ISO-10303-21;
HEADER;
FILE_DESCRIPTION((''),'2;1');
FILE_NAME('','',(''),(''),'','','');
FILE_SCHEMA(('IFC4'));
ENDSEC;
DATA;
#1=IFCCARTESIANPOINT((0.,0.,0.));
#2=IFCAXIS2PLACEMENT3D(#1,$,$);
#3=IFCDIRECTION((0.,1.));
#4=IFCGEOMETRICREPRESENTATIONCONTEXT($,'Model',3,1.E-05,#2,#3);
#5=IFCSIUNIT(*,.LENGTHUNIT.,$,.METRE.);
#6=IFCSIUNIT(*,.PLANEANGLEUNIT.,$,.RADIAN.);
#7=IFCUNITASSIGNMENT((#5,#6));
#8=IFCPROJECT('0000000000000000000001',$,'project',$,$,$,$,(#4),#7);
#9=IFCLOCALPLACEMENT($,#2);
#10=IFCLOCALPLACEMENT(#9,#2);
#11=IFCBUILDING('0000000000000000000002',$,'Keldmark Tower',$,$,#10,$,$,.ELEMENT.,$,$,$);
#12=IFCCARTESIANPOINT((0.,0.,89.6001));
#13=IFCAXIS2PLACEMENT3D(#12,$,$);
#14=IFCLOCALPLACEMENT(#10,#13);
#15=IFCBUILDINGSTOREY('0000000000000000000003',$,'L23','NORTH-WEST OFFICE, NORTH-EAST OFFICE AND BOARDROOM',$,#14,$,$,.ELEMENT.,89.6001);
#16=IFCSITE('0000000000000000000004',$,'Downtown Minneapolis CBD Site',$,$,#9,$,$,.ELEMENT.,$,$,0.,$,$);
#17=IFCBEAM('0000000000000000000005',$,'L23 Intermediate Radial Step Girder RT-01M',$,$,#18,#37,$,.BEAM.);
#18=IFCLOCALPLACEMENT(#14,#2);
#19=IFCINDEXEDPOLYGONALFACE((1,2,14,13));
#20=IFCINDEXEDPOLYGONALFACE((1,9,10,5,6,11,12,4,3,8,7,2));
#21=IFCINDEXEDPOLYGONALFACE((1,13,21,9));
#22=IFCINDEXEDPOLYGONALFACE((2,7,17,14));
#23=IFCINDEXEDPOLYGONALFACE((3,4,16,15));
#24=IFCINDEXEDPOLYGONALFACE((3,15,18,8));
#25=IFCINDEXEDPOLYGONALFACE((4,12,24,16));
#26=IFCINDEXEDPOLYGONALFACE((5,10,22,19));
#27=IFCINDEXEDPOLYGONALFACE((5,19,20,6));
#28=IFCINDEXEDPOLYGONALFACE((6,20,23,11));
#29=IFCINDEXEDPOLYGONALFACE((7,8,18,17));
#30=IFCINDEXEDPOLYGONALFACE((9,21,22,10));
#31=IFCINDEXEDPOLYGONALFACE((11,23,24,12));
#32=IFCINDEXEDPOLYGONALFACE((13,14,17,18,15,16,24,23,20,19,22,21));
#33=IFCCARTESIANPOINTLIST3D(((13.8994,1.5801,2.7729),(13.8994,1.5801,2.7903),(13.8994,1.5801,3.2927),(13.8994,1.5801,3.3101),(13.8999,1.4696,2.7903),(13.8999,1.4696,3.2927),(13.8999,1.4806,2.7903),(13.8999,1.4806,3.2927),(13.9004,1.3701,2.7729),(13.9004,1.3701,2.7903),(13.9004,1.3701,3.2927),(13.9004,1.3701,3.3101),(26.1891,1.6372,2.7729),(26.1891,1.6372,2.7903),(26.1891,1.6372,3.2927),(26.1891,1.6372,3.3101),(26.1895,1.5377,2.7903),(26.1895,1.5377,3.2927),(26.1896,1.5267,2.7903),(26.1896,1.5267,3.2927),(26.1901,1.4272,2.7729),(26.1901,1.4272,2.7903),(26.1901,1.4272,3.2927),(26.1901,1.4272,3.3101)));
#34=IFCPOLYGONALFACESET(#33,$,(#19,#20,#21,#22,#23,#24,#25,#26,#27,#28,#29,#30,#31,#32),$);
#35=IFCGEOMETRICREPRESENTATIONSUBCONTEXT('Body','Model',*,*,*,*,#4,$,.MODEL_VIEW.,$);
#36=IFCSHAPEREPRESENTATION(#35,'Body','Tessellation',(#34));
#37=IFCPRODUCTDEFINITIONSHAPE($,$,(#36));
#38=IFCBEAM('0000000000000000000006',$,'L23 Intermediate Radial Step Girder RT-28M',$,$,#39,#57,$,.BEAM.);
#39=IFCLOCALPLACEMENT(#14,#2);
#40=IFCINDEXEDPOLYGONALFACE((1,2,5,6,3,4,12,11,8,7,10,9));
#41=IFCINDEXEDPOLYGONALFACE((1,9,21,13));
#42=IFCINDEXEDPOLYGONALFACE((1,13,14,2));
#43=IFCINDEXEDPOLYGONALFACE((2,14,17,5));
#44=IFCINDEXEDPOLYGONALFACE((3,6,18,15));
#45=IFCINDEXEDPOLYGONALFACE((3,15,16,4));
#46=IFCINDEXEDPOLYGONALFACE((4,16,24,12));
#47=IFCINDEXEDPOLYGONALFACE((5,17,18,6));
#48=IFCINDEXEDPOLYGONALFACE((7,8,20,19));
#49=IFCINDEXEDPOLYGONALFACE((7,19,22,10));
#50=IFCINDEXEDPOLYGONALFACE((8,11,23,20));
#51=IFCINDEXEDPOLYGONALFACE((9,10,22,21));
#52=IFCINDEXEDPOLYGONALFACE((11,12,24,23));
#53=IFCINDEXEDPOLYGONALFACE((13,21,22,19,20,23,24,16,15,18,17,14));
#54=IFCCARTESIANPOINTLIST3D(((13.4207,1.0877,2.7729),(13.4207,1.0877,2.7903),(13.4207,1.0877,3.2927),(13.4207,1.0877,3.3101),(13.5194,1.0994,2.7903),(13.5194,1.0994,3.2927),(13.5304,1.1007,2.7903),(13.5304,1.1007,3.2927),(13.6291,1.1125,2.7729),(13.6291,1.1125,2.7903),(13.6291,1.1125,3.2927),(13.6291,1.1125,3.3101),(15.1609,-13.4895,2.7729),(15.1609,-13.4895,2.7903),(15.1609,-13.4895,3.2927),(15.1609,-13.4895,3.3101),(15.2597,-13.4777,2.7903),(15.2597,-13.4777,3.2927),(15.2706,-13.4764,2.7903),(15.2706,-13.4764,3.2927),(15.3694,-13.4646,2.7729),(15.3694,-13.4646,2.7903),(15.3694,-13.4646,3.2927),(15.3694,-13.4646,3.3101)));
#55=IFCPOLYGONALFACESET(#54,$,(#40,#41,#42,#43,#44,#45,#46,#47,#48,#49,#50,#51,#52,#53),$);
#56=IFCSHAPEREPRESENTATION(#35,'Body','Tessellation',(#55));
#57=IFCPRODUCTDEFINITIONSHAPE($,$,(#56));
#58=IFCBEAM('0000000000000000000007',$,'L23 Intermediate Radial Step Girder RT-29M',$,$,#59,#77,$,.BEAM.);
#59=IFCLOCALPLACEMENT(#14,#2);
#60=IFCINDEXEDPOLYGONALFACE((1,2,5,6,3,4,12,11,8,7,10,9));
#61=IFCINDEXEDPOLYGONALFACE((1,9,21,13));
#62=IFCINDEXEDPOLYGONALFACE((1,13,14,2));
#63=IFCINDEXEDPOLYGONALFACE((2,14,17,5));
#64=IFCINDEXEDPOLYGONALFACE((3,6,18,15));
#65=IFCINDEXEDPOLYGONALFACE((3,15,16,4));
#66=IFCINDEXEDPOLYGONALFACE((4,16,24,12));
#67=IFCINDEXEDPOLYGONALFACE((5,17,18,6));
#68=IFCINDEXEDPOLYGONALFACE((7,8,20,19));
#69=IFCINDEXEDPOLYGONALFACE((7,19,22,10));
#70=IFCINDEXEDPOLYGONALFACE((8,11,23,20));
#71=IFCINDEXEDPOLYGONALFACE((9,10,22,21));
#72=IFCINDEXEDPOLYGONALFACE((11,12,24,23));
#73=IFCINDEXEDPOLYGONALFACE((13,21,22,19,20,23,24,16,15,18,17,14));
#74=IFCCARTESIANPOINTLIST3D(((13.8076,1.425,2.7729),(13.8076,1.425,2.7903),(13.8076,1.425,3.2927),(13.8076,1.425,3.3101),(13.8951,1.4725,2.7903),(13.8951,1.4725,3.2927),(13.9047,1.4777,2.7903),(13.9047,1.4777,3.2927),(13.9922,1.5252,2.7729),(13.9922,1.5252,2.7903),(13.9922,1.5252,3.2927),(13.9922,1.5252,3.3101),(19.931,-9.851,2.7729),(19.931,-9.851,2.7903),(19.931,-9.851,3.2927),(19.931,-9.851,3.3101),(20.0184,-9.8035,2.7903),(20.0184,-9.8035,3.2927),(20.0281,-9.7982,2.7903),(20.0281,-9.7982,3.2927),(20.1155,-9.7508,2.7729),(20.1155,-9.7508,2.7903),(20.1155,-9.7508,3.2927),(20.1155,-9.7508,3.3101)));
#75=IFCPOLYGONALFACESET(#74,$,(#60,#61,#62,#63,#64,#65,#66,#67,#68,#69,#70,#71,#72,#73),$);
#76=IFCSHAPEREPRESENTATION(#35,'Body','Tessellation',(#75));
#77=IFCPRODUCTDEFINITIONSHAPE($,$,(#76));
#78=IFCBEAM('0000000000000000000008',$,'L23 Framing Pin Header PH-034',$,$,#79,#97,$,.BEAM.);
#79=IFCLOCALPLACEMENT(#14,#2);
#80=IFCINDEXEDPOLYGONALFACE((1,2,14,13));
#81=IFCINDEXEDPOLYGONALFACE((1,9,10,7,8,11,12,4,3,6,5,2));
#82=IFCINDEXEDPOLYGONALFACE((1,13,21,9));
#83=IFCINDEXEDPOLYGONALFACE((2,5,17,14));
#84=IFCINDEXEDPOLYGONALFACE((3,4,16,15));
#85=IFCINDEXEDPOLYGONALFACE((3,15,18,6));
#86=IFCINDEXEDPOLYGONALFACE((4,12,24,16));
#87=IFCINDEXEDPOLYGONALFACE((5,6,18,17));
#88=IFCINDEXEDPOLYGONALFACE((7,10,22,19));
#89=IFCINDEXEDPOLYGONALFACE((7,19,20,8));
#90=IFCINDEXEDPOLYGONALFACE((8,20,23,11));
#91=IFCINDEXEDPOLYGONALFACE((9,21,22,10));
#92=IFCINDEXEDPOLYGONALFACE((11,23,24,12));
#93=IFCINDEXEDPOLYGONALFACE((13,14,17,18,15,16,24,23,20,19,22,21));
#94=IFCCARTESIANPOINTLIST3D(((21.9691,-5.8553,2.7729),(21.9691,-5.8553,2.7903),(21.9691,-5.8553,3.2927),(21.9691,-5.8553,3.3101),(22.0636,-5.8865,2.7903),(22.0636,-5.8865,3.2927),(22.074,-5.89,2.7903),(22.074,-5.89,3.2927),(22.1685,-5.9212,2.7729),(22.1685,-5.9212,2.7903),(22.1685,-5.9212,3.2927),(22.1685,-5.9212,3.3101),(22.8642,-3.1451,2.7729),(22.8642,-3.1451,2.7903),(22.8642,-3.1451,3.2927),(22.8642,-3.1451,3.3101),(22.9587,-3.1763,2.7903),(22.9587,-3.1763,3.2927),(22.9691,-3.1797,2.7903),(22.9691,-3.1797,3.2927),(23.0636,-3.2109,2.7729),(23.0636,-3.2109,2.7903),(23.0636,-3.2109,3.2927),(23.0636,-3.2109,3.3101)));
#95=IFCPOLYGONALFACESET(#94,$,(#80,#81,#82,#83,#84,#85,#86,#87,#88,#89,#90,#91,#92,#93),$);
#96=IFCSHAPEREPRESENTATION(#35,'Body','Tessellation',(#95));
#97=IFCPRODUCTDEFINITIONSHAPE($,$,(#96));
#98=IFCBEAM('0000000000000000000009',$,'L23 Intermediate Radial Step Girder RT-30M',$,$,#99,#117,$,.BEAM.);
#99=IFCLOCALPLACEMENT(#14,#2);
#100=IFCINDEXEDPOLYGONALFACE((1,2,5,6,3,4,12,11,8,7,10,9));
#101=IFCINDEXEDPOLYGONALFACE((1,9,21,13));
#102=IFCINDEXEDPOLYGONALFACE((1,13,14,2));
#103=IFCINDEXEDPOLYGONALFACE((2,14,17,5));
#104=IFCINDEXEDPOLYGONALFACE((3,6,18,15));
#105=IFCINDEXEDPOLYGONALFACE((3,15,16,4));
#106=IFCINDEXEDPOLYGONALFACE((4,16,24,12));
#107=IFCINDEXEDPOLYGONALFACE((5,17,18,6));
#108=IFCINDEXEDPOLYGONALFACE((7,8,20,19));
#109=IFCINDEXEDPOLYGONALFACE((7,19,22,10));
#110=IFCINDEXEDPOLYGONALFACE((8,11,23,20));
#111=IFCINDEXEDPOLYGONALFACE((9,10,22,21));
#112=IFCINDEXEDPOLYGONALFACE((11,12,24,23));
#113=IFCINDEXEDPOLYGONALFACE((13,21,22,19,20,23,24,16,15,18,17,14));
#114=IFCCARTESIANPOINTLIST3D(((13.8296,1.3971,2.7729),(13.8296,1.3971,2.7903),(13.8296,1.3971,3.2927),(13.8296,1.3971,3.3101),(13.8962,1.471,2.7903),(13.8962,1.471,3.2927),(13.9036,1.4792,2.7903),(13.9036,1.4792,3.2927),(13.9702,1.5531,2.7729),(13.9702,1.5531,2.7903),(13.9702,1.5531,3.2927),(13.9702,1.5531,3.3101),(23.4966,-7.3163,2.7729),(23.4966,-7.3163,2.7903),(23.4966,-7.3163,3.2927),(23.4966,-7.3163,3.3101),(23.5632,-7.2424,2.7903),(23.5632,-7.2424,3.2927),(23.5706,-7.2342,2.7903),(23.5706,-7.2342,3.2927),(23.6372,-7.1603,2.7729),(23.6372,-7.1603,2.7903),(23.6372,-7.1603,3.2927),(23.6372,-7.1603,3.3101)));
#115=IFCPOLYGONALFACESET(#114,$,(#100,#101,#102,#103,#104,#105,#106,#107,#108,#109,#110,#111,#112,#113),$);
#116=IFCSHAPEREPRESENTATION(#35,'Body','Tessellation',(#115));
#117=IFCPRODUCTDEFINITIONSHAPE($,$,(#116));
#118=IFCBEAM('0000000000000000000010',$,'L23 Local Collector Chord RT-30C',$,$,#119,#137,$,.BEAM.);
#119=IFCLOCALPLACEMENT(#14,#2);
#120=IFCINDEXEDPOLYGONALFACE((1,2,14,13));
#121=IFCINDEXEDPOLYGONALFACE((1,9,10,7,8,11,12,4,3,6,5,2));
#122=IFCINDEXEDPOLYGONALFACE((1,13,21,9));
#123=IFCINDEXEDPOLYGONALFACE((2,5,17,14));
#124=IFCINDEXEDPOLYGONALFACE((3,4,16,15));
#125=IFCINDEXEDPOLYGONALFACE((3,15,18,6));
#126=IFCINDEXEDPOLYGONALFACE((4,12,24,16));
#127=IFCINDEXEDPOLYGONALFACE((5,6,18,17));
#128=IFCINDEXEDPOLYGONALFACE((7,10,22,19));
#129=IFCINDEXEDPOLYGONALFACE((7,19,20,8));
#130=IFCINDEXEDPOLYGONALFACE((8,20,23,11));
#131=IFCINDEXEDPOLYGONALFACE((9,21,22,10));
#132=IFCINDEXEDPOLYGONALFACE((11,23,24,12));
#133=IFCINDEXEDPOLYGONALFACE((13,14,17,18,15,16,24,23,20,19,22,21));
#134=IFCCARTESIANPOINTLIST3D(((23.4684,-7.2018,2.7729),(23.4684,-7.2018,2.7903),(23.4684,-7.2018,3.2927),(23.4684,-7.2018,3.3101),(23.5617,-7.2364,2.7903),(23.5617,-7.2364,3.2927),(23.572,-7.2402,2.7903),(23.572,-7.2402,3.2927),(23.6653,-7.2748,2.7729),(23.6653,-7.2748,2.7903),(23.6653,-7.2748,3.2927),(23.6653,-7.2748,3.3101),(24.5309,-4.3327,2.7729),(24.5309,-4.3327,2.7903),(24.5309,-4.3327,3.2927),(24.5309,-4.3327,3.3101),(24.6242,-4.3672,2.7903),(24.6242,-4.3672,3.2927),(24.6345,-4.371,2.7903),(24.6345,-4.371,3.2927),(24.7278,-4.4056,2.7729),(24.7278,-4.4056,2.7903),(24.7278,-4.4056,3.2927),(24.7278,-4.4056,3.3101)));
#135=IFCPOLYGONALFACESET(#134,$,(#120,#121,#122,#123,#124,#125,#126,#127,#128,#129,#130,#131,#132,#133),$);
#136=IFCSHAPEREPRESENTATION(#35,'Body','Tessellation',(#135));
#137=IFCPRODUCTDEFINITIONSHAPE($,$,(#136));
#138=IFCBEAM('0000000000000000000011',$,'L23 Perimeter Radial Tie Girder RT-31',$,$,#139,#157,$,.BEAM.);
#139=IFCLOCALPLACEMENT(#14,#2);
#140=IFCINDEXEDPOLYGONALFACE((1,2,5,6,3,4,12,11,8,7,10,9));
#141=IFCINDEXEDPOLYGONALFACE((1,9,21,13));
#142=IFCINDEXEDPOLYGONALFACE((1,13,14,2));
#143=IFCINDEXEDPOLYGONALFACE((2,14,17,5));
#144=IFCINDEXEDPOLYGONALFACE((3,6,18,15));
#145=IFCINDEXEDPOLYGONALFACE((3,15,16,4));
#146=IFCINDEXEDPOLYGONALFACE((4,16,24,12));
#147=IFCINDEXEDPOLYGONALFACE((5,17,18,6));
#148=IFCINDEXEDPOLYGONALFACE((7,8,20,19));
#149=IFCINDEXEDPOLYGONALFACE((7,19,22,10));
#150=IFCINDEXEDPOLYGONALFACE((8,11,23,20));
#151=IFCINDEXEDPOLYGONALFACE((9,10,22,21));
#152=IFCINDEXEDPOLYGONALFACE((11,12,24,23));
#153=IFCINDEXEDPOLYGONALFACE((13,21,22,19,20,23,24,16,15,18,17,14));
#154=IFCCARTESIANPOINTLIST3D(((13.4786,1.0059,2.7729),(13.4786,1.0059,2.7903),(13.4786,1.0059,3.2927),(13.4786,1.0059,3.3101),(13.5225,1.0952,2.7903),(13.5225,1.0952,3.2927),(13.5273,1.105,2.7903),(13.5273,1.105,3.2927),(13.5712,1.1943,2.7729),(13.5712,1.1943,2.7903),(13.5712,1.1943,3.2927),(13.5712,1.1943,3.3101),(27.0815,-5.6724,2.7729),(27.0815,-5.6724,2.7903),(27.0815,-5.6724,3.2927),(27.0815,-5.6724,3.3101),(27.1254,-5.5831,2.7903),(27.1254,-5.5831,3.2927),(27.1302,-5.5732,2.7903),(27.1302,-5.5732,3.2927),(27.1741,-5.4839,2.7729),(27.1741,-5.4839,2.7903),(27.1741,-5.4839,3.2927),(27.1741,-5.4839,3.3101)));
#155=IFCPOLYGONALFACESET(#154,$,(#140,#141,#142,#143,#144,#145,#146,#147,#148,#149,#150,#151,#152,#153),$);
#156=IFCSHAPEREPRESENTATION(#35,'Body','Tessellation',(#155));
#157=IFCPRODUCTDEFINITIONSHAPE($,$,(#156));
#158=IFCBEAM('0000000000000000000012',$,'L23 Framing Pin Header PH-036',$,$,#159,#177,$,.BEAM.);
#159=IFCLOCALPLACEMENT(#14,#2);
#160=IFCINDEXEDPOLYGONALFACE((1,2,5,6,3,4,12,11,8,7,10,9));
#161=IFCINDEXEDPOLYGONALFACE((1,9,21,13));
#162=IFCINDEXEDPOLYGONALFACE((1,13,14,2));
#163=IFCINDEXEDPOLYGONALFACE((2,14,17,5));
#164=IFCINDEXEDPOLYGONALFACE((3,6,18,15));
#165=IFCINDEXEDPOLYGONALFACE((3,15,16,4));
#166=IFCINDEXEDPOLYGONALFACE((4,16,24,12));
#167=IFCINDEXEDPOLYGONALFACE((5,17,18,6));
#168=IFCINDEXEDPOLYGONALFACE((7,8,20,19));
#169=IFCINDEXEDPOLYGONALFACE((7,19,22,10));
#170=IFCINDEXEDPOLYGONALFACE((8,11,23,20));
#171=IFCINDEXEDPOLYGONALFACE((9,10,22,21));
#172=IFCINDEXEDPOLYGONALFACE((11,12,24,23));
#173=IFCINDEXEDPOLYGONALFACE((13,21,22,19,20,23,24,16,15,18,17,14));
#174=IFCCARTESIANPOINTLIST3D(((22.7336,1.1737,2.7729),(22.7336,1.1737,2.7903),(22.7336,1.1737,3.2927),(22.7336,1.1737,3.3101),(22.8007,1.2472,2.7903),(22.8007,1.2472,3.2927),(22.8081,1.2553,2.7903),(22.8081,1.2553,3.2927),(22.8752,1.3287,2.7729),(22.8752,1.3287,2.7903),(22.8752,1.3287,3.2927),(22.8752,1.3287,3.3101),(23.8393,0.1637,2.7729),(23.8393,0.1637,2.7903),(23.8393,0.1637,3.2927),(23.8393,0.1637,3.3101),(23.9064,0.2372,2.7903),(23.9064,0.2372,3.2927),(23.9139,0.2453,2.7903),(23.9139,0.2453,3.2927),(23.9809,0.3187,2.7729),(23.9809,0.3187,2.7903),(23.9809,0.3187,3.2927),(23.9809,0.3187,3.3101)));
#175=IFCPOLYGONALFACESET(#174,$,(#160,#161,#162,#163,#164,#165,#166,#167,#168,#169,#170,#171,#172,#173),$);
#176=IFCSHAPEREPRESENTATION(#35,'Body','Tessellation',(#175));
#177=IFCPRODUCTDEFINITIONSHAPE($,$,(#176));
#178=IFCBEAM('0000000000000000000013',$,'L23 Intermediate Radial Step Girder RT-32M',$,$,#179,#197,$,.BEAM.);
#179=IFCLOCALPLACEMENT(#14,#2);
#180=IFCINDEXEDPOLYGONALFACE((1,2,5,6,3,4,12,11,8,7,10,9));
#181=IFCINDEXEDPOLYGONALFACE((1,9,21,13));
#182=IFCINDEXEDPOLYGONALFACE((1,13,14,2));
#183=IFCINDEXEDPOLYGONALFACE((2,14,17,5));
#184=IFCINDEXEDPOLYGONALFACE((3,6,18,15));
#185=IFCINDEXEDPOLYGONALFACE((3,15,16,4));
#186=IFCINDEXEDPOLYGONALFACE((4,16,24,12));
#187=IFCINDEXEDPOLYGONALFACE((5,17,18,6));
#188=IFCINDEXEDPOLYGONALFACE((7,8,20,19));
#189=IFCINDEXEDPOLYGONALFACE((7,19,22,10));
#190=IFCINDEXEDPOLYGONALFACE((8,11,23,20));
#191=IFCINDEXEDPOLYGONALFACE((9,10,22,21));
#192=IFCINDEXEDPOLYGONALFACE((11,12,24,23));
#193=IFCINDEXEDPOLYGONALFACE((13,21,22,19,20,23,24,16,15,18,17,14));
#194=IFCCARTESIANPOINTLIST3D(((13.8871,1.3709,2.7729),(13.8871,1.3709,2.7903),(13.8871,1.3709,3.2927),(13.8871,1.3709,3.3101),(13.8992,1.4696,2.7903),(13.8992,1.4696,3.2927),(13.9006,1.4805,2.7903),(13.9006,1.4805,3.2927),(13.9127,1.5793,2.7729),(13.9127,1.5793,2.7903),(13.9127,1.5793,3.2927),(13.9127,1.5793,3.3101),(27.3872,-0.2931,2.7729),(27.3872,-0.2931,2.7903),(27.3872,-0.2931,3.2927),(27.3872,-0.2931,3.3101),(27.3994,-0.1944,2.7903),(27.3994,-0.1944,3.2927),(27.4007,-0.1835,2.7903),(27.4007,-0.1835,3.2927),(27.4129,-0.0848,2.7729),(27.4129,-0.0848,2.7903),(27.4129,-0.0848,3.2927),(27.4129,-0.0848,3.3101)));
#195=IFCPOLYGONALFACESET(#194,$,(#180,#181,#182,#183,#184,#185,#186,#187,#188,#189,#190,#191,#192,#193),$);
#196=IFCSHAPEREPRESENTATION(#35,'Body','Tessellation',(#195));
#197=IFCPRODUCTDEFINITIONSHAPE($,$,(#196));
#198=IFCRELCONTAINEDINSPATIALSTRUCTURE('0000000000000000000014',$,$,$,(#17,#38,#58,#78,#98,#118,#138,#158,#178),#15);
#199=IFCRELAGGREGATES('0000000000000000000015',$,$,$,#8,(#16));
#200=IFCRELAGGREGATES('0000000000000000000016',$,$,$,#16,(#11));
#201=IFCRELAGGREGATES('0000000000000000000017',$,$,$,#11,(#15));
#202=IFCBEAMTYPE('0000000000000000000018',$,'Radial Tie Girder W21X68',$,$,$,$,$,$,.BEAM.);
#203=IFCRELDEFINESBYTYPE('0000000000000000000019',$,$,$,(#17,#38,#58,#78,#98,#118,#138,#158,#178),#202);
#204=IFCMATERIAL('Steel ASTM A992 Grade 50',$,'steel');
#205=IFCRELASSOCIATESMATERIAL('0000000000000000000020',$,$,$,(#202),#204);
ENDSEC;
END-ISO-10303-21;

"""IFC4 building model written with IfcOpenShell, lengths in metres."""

from ifc_helpers import new_model, si_unit, direction, frame, origin, origin_2d, place, context, subcontext, project, spatial, i_section, extrude, material, material_profile, profile_set, type_object, element, save


model = new_model("IFC4")

# Units and contexts
model_context = context("Model", 3, precision=1e-05, world=origin(), true_north=direction((0.0, 1.0)))
body_context = subcontext(model_context, "Body", "Model", "MODEL_VIEW")
ifc_project = project(units=[si_unit("LENGTHUNIT", "METRE"), si_unit("PLANEANGLEUNIT", "RADIAN")], contexts=[model_context])

# Site, building, storey
site_placement = place(None, origin())
site = spatial("IfcSite", under=ifc_project, at=site_placement, Name="Downtown Minneapolis CBD Site", CompositionType="ELEMENT", RefElevation=0.0)
building_placement = place(site_placement, origin())
building = spatial("IfcBuilding", under=site, at=building_placement, Name="Keldmark Tower", CompositionType="ELEMENT")
storey_placement = place(building_placement, frame((0.0, 0.0, 89.6001)))
storey = spatial("IfcBuildingStorey", under=building, at=storey_placement, Name="L23", Description="NORTH-WEST OFFICE, NORTH-EAST OFFICE AND BOARDROOM", CompositionType="ELEMENT", Elevation=89.6001)

# Beams
ifc_material_1 = material(Name="Steel ASTM A992 Grade 50", Category="steel")
ifc_material_profile_1 = material_profile(ifc_material_1, i_section(OverallWidth=0.21, OverallDepth=0.5371, WebThickness=0.011, FlangeThickness=0.0173, at=origin_2d()), Name="W21X68")
ifc_profile_set_1 = profile_set([ifc_material_profile_1], Name="Steel ASTM A992 Grade 50")
beam_type_1 = type_object("IfcBeamType", Name="Radial Tie Girder W21X68", PredefinedType="BEAM", material=ifc_profile_set_1)
beam_1_placement = place(storey_placement, frame((13.8999, 1.4751, 3.0415), z_axis=(0.999989, 0.004649, 0.0), x_axis=(-0.004649, 0.999989, 0.0)))
element("IfcBeam", 1, at=beam_1_placement, inside=storey, type_object=beam_type_1, Name="L23 Intermediate Radial Step Girder RT-01M", PredefinedType="BEAM", context=body_context, shape_type="SweptSolid", body=[
    extrude(i_section(OverallWidth=0.21, OverallDepth=0.5371, WebThickness=0.011, FlangeThickness=0.0173, at=origin_2d()), origin(), (0.0, 0.0, 1.0), 12.2898),
])
beam_2_placement = place(storey_placement, frame((13.5249, 1.1001, 3.0415), z_axis=(0.118539, -0.992949, 0.0), x_axis=(0.992949, 0.118539, 0.0)))
element("IfcBeam", 2, at=beam_2_placement, inside=storey, type_object=beam_type_1, Name="L23 Intermediate Radial Step Girder RT-28M", PredefinedType="BEAM", context=body_context, shape_type="SweptSolid", body=[
    extrude(i_section(OverallWidth=0.21, OverallDepth=0.5371, WebThickness=0.011, FlangeThickness=0.0173, at=origin_2d()), origin(), (0.0, 0.0, 1.0), 14.6807),
])
beam_3_placement = place(storey_placement, frame((13.8999, 1.4751, 3.0415), z_axis=(0.477218, -0.878785, 0.0), x_axis=(0.878785, 0.477218, 0.0)))
element("IfcBeam", 3, at=beam_3_placement, inside=storey, type_object=beam_type_1, Name="L23 Intermediate Radial Step Girder RT-29M", PredefinedType="BEAM", context=body_context, shape_type="SweptSolid", body=[
    extrude(i_section(OverallWidth=0.21, OverallDepth=0.5371, WebThickness=0.011, FlangeThickness=0.0173, at=origin_2d()), origin(), (0.0, 0.0, 1.0), 12.8313),
])
beam_4_placement = place(storey_placement, frame((22.9639, -3.178, 3.0415), z_axis=(-0.313583, -0.949561, 0.0), x_axis=(0.949561, -0.313583, 0.0)))
element("IfcBeam", 4, at=beam_4_placement, inside=storey, type_object=beam_type_1, Name="L23 Framing Pin Header PH-034", PredefinedType="BEAM", context=body_context, shape_type="SweptSolid", body=[
    extrude(i_section(OverallWidth=0.21, OverallDepth=0.5371, WebThickness=0.011, FlangeThickness=0.0173, at=origin_2d()), origin(), (0.0, 0.0, 1.0), 2.8542),
])
beam_5_placement = place(storey_placement, frame((13.8999, 1.4751, 3.0415), z_axis=(0.742794, -0.66952, 0.0), x_axis=(0.66952, 0.742794, 0.0)))
element("IfcBeam", 5, at=beam_5_placement, inside=storey, type_object=beam_type_1, Name="L23 Intermediate Radial Step Girder RT-30M", PredefinedType="BEAM", context=body_context, shape_type="SweptSolid", body=[
    extrude(i_section(OverallWidth=0.21, OverallDepth=0.5371, WebThickness=0.011, FlangeThickness=0.0173, at=origin_2d()), origin(), (0.0, 0.0, 1.0), 13.0144),
])
beam_6_placement = place(storey_placement, frame((24.6294, -4.3691, 3.0415), z_axis=(-0.347273, -0.937764, 0.0), x_axis=(0.937764, -0.347273, 0.0)))
element("IfcBeam", 6, at=beam_6_placement, inside=storey, type_object=beam_type_1, Name="L23 Local Collector Chord RT-30C", PredefinedType="BEAM", context=body_context, shape_type="SweptSolid", body=[
    extrude(i_section(OverallWidth=0.21, OverallDepth=0.5371, WebThickness=0.011, FlangeThickness=0.0173, at=origin_2d()), origin(), (0.0, 0.0, 1.0), 3.0596),
])
beam_7_placement = place(storey_placement, frame((13.5249, 1.1001, 3.0415), z_axis=(0.897655, -0.440699, 0.0), x_axis=(0.440699, 0.897655, 0.0)))
element("IfcBeam", 7, at=beam_7_placement, inside=storey, type_object=beam_type_1, Name="L23 Perimeter Radial Tie Girder RT-31", PredefinedType="BEAM", context=body_context, shape_type="SweptSolid", body=[
    extrude(i_section(OverallWidth=0.21, OverallDepth=0.5371, WebThickness=0.011, FlangeThickness=0.0173, at=origin_2d()), origin(), (0.0, 0.0, 1.0), 15.1538),
])
beam_8_placement = place(storey_placement, frame((22.8044, 1.2512, 3.0415), z_axis=(0.738337, -0.674432, 0.0), x_axis=(0.674432, 0.738337, 0.0)))
element("IfcBeam", 8, at=beam_8_placement, inside=storey, type_object=beam_type_1, Name="L23 Framing Pin Header PH-036", PredefinedType="BEAM", context=body_context, shape_type="SweptSolid", body=[
    extrude(i_section(OverallWidth=0.21, OverallDepth=0.5371, WebThickness=0.011, FlangeThickness=0.0173, at=origin_2d()), origin(), (0.0, 0.0, 1.0), 1.4976),
])
beam_9_placement = place(storey_placement, frame((13.8999, 1.4751, 3.0415), z_axis=(0.992489, -0.122336, 0.0), x_axis=(0.122336, 0.992489, 0.0)))
element("IfcBeam", 9, at=beam_9_placement, inside=storey, type_object=beam_type_1, Name="L23 Intermediate Radial Step Girder RT-32M", PredefinedType="BEAM", context=body_context, shape_type="SweptSolid", body=[
    extrude(i_section(OverallWidth=0.21, OverallDepth=0.5371, WebThickness=0.011, FlangeThickness=0.0173, at=origin_2d()), origin(), (0.0, 0.0, 1.0), 13.6023),
])

save(model, "model.ifc")
